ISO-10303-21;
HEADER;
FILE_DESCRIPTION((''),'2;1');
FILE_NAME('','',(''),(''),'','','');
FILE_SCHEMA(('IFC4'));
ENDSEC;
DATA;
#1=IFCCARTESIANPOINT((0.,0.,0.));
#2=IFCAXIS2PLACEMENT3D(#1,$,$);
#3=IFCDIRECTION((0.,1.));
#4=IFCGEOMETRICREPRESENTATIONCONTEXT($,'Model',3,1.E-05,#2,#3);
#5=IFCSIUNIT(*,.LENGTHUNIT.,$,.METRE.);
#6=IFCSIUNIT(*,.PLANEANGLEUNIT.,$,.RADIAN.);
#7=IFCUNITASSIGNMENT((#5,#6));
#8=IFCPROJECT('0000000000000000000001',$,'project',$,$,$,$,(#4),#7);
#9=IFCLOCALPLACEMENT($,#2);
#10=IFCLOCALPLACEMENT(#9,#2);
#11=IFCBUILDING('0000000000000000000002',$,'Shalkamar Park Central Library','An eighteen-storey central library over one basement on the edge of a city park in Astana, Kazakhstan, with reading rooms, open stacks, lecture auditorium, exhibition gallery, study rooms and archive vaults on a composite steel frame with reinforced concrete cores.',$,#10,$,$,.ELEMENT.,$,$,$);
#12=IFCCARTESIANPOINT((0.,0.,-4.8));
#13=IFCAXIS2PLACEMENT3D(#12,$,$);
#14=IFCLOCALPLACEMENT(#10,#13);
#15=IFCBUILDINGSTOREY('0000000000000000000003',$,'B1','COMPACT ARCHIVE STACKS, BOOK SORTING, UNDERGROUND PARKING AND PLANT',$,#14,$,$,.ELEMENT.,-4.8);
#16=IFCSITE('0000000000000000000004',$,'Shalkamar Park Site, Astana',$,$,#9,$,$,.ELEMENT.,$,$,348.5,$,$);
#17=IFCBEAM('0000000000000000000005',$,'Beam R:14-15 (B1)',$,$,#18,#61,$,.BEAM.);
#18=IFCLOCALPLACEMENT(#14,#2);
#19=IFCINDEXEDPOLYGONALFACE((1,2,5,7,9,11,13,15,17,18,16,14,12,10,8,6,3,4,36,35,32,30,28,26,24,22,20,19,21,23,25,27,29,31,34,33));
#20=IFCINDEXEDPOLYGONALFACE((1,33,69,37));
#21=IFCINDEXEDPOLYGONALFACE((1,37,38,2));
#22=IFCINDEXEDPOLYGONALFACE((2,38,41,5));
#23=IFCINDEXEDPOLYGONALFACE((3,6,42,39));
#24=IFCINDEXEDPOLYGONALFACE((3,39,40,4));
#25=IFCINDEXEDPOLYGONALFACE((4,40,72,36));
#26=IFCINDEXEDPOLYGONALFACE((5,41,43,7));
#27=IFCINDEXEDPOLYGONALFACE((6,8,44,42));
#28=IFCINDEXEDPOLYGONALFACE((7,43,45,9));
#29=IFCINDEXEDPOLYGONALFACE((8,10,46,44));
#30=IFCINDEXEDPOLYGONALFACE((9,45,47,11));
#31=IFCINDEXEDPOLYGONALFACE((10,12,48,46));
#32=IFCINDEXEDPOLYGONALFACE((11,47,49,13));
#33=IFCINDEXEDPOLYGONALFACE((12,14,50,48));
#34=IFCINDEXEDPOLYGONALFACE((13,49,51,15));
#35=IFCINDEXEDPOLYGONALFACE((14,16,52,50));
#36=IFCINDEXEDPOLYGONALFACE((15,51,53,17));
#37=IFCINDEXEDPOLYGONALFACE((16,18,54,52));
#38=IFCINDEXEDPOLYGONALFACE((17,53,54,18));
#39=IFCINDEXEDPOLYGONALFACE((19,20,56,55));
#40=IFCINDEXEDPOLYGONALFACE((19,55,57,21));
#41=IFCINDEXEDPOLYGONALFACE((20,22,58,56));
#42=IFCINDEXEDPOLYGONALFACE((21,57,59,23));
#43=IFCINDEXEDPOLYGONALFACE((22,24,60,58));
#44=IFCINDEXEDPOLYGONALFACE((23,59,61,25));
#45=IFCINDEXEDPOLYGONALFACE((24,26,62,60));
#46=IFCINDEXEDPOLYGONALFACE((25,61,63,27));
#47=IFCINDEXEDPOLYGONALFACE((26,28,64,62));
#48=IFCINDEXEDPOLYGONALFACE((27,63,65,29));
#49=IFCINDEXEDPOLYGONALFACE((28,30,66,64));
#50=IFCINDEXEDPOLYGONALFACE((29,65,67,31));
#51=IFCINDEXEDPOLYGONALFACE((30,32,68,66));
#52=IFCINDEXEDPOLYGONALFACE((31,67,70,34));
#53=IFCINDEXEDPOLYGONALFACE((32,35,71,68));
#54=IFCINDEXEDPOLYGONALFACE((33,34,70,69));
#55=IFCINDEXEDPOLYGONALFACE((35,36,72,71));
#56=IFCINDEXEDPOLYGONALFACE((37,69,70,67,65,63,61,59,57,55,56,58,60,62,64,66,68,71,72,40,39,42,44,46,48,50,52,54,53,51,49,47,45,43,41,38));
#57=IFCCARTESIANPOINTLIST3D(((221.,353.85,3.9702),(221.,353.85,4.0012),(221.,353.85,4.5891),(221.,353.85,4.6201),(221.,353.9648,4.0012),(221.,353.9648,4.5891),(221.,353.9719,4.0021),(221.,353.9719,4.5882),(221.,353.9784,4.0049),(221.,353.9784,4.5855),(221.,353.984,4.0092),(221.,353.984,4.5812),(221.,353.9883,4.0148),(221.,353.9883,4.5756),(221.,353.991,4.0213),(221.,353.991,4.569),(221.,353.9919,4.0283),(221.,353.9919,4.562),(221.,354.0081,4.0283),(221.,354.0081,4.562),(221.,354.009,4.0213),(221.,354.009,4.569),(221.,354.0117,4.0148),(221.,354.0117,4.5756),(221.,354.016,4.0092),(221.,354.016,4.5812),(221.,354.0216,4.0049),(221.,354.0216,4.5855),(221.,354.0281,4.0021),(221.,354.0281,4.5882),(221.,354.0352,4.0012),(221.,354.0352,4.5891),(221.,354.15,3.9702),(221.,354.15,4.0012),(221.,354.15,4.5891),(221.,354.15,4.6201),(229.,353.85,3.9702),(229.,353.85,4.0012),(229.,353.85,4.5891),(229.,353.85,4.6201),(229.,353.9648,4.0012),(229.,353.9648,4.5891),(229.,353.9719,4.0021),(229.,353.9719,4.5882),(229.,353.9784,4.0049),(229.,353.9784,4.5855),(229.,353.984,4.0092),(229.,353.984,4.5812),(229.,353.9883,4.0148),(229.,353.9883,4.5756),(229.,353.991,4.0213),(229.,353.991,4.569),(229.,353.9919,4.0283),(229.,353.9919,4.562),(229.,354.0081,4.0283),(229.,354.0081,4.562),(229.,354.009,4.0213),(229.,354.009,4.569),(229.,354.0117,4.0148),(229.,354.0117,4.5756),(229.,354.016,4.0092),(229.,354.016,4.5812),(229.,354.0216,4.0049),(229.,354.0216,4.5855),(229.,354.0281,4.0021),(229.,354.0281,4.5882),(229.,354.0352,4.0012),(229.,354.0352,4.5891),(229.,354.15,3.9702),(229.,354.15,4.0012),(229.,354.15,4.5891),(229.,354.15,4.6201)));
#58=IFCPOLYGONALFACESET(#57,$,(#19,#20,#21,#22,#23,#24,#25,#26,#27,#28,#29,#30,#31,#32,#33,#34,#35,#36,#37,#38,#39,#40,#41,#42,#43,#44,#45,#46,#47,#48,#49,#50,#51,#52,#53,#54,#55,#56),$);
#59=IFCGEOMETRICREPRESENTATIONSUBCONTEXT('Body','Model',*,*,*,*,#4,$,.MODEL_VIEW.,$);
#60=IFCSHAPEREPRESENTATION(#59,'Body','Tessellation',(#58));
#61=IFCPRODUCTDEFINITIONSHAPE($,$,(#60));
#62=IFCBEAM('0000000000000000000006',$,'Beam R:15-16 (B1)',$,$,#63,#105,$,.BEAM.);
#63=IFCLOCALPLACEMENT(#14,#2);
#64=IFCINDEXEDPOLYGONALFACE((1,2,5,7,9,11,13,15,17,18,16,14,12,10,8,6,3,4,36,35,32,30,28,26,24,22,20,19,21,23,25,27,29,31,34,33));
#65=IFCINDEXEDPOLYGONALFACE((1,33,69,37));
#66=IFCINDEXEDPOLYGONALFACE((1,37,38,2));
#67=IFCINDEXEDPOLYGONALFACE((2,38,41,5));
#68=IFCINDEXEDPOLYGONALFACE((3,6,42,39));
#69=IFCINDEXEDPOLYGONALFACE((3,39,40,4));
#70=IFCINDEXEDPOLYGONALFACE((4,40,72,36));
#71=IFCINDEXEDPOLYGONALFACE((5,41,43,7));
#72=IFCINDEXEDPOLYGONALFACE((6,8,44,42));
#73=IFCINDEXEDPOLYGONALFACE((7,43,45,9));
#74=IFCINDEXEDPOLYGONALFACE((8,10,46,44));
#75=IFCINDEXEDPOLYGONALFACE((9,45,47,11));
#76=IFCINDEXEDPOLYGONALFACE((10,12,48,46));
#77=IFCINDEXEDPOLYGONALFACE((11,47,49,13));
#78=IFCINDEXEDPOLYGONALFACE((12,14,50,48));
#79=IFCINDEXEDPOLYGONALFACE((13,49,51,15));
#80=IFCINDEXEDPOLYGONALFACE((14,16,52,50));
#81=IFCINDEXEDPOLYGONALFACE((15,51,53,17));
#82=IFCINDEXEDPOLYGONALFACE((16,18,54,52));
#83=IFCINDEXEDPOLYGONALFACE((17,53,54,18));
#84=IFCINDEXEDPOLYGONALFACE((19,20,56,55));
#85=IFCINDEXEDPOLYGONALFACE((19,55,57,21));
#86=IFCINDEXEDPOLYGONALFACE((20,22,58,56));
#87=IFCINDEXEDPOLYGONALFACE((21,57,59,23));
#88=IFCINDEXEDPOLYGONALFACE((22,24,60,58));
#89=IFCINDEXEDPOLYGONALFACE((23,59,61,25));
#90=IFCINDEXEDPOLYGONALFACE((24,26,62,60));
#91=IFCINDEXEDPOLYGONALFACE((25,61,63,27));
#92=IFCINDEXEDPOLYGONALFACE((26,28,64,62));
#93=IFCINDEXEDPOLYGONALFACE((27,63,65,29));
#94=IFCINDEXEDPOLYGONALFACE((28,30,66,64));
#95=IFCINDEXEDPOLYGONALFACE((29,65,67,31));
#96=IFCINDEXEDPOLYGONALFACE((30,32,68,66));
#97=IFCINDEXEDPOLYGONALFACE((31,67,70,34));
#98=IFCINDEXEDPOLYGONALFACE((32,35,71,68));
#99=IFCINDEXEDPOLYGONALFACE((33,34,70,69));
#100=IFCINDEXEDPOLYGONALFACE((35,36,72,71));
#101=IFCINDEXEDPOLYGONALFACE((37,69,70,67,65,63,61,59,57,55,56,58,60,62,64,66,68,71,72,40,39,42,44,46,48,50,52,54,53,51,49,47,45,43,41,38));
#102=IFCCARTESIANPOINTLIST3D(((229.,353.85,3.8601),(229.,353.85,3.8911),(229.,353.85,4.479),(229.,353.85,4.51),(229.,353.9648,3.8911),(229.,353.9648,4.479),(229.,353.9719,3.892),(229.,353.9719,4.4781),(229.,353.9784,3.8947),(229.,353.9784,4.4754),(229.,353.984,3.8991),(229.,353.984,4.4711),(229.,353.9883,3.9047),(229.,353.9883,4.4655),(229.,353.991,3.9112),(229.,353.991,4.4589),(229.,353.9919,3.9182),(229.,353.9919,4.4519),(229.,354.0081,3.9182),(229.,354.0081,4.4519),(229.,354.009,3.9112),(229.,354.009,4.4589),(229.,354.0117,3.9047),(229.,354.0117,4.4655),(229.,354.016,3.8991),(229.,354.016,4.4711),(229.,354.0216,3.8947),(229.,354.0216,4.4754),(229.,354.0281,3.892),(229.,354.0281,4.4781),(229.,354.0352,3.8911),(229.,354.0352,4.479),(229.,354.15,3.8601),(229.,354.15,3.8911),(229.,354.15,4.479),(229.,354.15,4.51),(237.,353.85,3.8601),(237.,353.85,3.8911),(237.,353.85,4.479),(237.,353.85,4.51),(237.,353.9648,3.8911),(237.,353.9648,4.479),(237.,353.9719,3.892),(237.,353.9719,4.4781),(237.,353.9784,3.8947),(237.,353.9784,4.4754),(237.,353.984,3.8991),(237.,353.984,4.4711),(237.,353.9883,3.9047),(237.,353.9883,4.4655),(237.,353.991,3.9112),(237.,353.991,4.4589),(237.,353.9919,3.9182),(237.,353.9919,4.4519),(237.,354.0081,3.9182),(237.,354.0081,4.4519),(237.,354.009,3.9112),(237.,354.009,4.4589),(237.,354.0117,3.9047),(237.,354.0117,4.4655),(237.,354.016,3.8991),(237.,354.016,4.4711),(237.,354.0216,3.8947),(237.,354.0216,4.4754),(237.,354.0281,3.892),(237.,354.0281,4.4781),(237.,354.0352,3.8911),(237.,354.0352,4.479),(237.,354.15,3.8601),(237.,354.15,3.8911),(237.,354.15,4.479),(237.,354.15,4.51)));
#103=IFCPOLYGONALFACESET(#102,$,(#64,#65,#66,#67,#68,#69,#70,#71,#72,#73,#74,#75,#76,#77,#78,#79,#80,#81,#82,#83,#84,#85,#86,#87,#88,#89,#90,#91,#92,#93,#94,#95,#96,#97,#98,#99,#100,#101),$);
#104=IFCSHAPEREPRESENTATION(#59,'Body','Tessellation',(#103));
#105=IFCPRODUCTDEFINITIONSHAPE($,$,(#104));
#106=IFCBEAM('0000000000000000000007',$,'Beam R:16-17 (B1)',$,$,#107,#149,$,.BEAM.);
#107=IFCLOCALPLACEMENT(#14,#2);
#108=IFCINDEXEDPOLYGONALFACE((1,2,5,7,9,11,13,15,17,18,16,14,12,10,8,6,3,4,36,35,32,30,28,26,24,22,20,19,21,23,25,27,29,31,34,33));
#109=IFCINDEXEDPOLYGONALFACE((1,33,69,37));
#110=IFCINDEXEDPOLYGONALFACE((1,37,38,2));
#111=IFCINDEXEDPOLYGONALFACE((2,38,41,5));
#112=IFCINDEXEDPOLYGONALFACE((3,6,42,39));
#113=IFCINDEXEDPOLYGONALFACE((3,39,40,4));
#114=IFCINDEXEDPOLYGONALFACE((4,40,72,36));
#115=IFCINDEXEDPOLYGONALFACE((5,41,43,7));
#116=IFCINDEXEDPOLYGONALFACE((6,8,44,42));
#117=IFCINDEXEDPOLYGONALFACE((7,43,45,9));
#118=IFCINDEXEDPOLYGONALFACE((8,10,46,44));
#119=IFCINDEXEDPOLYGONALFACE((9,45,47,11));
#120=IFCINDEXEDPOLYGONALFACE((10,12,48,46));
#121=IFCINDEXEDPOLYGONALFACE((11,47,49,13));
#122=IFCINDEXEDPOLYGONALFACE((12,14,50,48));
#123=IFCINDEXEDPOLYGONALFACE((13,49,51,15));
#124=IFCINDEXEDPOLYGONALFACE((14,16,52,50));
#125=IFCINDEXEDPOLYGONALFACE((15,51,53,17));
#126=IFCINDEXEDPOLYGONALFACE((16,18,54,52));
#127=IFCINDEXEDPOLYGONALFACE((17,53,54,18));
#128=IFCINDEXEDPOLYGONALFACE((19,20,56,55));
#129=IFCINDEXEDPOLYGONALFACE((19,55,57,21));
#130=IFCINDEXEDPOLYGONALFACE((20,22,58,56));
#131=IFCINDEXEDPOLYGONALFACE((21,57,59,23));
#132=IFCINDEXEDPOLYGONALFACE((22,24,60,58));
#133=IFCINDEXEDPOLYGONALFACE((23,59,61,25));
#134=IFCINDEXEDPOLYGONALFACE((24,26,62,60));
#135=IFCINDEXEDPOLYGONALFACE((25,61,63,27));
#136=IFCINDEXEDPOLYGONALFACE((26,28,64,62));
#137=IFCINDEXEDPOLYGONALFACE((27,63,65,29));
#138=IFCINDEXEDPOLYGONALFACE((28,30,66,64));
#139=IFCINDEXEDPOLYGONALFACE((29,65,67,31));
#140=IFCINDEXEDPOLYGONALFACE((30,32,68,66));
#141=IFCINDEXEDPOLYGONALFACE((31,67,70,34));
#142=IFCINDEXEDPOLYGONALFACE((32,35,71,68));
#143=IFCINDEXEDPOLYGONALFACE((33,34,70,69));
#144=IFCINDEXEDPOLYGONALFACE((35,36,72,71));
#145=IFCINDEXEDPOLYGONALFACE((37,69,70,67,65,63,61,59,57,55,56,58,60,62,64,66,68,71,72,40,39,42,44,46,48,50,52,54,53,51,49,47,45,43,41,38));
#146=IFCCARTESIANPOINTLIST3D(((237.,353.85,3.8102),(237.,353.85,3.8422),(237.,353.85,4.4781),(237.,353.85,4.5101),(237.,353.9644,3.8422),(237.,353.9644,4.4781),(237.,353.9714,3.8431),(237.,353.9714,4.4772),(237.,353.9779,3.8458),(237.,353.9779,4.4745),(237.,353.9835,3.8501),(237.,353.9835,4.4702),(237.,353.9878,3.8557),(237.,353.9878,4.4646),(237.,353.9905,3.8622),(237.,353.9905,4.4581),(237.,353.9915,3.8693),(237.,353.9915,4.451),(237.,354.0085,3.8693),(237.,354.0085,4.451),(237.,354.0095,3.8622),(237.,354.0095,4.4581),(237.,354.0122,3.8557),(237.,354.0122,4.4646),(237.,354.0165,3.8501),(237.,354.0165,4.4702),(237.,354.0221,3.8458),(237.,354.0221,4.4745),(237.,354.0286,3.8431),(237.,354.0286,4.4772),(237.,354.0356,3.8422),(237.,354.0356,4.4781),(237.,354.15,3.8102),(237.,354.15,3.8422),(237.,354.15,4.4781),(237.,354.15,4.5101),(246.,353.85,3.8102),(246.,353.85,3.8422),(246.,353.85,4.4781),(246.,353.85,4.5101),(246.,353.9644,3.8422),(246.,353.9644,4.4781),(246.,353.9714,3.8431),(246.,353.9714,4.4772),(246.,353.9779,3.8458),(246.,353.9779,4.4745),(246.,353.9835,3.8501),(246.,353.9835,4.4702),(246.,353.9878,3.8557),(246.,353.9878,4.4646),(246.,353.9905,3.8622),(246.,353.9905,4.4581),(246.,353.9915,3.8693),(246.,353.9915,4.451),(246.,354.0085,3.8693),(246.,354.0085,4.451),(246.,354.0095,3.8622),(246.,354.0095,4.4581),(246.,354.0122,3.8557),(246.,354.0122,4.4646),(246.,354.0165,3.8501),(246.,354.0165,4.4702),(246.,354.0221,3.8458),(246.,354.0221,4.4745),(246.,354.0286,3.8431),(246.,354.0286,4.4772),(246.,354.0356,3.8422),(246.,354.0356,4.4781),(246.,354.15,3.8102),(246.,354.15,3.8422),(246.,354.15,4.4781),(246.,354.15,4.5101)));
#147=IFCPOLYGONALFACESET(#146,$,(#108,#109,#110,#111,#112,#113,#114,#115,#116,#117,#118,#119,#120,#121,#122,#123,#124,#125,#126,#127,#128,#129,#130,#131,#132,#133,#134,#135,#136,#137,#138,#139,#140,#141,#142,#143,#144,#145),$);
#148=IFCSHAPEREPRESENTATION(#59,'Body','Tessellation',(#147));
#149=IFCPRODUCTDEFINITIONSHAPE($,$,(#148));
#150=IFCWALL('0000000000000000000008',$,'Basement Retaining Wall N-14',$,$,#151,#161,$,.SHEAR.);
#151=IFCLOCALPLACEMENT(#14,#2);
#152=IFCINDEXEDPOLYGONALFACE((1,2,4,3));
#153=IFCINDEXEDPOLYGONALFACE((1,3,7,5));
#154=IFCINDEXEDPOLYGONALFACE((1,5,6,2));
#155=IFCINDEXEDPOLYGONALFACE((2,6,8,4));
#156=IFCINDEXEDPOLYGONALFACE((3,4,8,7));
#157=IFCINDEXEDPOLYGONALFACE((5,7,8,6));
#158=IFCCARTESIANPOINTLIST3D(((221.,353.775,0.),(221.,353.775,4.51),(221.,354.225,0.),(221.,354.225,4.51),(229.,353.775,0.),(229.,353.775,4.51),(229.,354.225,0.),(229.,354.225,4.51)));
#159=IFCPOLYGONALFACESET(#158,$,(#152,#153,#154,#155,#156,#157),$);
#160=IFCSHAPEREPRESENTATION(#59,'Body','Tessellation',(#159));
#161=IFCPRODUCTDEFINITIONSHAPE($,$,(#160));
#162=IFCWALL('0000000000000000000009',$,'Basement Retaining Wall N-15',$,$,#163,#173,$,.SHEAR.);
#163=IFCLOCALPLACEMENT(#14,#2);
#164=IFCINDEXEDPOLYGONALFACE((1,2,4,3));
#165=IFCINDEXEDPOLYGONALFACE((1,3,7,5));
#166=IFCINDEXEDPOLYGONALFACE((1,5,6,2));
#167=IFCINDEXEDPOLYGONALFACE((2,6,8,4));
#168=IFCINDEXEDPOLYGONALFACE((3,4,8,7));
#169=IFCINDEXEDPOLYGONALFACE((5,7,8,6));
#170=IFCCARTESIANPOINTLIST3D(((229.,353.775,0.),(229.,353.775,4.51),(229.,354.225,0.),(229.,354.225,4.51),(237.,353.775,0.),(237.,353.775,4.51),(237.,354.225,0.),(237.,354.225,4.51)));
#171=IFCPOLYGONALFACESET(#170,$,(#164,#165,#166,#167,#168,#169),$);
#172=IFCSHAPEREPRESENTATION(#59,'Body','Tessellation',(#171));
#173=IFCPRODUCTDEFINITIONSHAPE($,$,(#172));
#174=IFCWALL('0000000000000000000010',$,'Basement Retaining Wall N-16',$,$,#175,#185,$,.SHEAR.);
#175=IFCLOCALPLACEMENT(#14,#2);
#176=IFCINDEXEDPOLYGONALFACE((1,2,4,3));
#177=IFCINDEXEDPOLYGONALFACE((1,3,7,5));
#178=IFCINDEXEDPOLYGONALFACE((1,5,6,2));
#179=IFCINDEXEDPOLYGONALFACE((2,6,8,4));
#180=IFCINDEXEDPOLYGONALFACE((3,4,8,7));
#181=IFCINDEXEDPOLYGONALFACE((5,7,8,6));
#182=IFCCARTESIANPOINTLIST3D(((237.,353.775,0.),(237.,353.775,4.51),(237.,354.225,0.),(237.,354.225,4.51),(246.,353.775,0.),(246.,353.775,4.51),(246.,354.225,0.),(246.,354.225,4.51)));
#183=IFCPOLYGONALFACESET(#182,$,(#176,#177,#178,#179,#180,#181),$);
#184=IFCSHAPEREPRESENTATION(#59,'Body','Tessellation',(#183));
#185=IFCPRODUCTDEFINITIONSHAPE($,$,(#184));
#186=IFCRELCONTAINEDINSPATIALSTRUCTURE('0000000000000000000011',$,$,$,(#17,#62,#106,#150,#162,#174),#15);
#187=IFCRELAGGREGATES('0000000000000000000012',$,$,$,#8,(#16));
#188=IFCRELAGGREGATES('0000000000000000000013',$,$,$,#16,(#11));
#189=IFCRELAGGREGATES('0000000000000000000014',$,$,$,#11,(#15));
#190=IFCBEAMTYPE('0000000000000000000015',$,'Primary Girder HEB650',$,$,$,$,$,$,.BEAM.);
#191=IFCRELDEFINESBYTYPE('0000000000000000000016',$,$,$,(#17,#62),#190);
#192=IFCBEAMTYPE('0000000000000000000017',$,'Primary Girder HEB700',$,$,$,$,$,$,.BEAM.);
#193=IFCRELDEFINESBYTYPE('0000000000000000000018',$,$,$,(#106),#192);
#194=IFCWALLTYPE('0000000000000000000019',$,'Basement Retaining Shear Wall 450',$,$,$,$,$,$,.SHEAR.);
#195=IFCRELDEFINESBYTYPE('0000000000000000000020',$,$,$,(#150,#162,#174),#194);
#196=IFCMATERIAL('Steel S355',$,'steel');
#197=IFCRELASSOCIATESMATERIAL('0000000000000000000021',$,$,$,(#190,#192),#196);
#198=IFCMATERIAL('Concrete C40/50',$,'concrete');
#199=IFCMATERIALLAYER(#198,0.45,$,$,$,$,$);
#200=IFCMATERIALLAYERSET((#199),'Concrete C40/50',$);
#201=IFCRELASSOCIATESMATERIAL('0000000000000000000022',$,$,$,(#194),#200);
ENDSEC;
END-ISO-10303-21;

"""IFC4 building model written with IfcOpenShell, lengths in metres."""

from ifc_helpers import new_model, si_unit, direction, frame, frame_2d, origin, origin_2d, place, context, subcontext, project, spatial, rectangle, i_section, extrude, material, layer, layer_set, material_profile, profile_set, type_object, element, save


model = new_model("IFC4")

# Units and contexts
model_context = context("Model", 3, precision=1e-05, world=origin(), true_north=direction((0.0, 1.0)))
body_context = subcontext(model_context, "Body", "Model", "MODEL_VIEW")
ifc_project = project(units=[si_unit("LENGTHUNIT", "METRE"), si_unit("PLANEANGLEUNIT", "RADIAN")], contexts=[model_context])

# Site, building, storey
site_placement = place(None, origin())
site = spatial("IfcSite", under=ifc_project, at=site_placement, Name="Shalkamar Park Site, Astana", CompositionType="ELEMENT", RefElevation=348.5)
building_placement = place(site_placement, origin())
building = spatial("IfcBuilding", under=site, at=building_placement, Name="Shalkamar Park Central Library", Description="An eighteen-storey central library over one basement on the edge of a city park in Astana, Kazakhstan, with reading rooms, open stacks, lecture auditorium, exhibition gallery, study rooms and archive vaults on a composite steel frame with reinforced concrete cores.", CompositionType="ELEMENT")
storey_placement = place(building_placement, frame((0.0, 0.0, -4.8)))
storey = spatial("IfcBuildingStorey", under=building, at=storey_placement, Name="B1", Description="COMPACT ARCHIVE STACKS, BOOK SORTING, UNDERGROUND PARKING AND PLANT", CompositionType="ELEMENT", Elevation=-4.8)

# Shared definitions
ifc_material_1 = material(Name="Concrete C40/50", Category="concrete")

# Beams
ifc_material_2 = material(Name="Steel S355", Category="steel")
ifc_material_profile_1 = material_profile(ifc_material_2, i_section(OverallWidth=0.3, OverallDepth=0.6499, WebThickness=0.0161, FlangeThickness=0.031, FilletRadius=0.0271, at=origin_2d()), Name="HEB 650")
ifc_profile_set_1 = profile_set([ifc_material_profile_1], Name="Steel S355")
beam_type_1 = type_object("IfcBeamType", Name="Primary Girder HEB650", PredefinedType="BEAM", material=ifc_profile_set_1)
for number, where, z_axis, x_axis, name in (
    (1, (221.0, 354.0, 4.2952), (1.0, 0.0, 0.0), (0.0, 1.0, 0.0), "Beam R:14-15 (B1)"),
    (2, (229.0, 354.0, 4.1851), (1.0, 0.0, 0.0), (0.0, 1.0, 0.0), "Beam R:15-16 (B1)"),
):
    element("IfcBeam", number, at=place(storey_placement, frame(where, z_axis=z_axis, x_axis=x_axis)), inside=storey, type_object=beam_type_1, Name=name, PredefinedType="BEAM", context=body_context, shape_type="SweptSolid", body=[
        extrude(i_section(OverallWidth=0.3, OverallDepth=0.6499, WebThickness=0.0161, FlangeThickness=0.031, FilletRadius=0.0271, at=origin_2d()), origin(), (0.0, 0.0, 1.0), 8.0),
    ])
ifc_material_profile_2 = material_profile(ifc_material_2, i_section(OverallWidth=0.3, OverallDepth=0.7, WebThickness=0.0171, FlangeThickness=0.032, FilletRadius=0.0271, at=origin_2d()), Name="HEB 700")
ifc_profile_set_2 = profile_set([ifc_material_profile_2], Name="Steel S355")
beam_type_2 = type_object("IfcBeamType", Name="Primary Girder HEB700", PredefinedType="BEAM", material=ifc_profile_set_2)
beam_placement = place(storey_placement, frame((237.0, 354.0, 4.1602), z_axis=(1.0, 0.0, 0.0), x_axis=(0.0, 1.0, 0.0)))
element("IfcBeam", 3, at=beam_placement, inside=storey, type_object=beam_type_2, Name="Beam R:16-17 (B1)", PredefinedType="BEAM", context=body_context, shape_type="SweptSolid", body=[
    extrude(i_section(OverallWidth=0.3, OverallDepth=0.7, WebThickness=0.0171, FlangeThickness=0.032, FilletRadius=0.0271, at=origin_2d()), origin(), (0.0, 0.0, 1.0), 9.0),
])

# Walls
ifc_layer = layer(ifc_material_1, 0.45)
ifc_layer_set = layer_set([ifc_layer], Name="Concrete C40/50")
wall_type = type_object("IfcWallType", Name="Basement Retaining Shear Wall 450", PredefinedType="SHEAR", material=ifc_layer_set)
for number, where, z_axis, x_axis, name in (
    (4, (221.0, 354.0, 0.0), (0.0, 0.0, 1.0), (1.0, 0.0, 0.0), "Basement Retaining Wall N-14"),
    (5, (229.0, 354.0, 0.0), (0.0, 0.0, 1.0), (1.0, 0.0, 0.0), "Basement Retaining Wall N-15"),
):
    element("IfcWall", number, at=place(storey_placement, frame(where, z_axis=z_axis, x_axis=x_axis)), inside=storey, type_object=wall_type, Name=name, PredefinedType="SHEAR", context=body_context, shape_type="SweptSolid", body=[
        extrude(rectangle(XDim=8.0, YDim=0.45, at=frame_2d((4.0, 0.0))), origin(), (0.0, 0.0, 1.0), 4.51),
    ])
wall_placement = place(storey_placement, frame((237.0, 354.0, 0.0), z_axis=(0.0, 0.0, 1.0), x_axis=(1.0, 0.0, 0.0)))
element("IfcWall", 6, at=wall_placement, inside=storey, type_object=wall_type, Name="Basement Retaining Wall N-16", PredefinedType="SHEAR", context=body_context, shape_type="SweptSolid", body=[
    extrude(rectangle(XDim=9.0, YDim=0.45, at=frame_2d((4.5, 0.0))), origin(), (0.0, 0.0, 1.0), 4.51),
])

save(model, "model.ifc")
